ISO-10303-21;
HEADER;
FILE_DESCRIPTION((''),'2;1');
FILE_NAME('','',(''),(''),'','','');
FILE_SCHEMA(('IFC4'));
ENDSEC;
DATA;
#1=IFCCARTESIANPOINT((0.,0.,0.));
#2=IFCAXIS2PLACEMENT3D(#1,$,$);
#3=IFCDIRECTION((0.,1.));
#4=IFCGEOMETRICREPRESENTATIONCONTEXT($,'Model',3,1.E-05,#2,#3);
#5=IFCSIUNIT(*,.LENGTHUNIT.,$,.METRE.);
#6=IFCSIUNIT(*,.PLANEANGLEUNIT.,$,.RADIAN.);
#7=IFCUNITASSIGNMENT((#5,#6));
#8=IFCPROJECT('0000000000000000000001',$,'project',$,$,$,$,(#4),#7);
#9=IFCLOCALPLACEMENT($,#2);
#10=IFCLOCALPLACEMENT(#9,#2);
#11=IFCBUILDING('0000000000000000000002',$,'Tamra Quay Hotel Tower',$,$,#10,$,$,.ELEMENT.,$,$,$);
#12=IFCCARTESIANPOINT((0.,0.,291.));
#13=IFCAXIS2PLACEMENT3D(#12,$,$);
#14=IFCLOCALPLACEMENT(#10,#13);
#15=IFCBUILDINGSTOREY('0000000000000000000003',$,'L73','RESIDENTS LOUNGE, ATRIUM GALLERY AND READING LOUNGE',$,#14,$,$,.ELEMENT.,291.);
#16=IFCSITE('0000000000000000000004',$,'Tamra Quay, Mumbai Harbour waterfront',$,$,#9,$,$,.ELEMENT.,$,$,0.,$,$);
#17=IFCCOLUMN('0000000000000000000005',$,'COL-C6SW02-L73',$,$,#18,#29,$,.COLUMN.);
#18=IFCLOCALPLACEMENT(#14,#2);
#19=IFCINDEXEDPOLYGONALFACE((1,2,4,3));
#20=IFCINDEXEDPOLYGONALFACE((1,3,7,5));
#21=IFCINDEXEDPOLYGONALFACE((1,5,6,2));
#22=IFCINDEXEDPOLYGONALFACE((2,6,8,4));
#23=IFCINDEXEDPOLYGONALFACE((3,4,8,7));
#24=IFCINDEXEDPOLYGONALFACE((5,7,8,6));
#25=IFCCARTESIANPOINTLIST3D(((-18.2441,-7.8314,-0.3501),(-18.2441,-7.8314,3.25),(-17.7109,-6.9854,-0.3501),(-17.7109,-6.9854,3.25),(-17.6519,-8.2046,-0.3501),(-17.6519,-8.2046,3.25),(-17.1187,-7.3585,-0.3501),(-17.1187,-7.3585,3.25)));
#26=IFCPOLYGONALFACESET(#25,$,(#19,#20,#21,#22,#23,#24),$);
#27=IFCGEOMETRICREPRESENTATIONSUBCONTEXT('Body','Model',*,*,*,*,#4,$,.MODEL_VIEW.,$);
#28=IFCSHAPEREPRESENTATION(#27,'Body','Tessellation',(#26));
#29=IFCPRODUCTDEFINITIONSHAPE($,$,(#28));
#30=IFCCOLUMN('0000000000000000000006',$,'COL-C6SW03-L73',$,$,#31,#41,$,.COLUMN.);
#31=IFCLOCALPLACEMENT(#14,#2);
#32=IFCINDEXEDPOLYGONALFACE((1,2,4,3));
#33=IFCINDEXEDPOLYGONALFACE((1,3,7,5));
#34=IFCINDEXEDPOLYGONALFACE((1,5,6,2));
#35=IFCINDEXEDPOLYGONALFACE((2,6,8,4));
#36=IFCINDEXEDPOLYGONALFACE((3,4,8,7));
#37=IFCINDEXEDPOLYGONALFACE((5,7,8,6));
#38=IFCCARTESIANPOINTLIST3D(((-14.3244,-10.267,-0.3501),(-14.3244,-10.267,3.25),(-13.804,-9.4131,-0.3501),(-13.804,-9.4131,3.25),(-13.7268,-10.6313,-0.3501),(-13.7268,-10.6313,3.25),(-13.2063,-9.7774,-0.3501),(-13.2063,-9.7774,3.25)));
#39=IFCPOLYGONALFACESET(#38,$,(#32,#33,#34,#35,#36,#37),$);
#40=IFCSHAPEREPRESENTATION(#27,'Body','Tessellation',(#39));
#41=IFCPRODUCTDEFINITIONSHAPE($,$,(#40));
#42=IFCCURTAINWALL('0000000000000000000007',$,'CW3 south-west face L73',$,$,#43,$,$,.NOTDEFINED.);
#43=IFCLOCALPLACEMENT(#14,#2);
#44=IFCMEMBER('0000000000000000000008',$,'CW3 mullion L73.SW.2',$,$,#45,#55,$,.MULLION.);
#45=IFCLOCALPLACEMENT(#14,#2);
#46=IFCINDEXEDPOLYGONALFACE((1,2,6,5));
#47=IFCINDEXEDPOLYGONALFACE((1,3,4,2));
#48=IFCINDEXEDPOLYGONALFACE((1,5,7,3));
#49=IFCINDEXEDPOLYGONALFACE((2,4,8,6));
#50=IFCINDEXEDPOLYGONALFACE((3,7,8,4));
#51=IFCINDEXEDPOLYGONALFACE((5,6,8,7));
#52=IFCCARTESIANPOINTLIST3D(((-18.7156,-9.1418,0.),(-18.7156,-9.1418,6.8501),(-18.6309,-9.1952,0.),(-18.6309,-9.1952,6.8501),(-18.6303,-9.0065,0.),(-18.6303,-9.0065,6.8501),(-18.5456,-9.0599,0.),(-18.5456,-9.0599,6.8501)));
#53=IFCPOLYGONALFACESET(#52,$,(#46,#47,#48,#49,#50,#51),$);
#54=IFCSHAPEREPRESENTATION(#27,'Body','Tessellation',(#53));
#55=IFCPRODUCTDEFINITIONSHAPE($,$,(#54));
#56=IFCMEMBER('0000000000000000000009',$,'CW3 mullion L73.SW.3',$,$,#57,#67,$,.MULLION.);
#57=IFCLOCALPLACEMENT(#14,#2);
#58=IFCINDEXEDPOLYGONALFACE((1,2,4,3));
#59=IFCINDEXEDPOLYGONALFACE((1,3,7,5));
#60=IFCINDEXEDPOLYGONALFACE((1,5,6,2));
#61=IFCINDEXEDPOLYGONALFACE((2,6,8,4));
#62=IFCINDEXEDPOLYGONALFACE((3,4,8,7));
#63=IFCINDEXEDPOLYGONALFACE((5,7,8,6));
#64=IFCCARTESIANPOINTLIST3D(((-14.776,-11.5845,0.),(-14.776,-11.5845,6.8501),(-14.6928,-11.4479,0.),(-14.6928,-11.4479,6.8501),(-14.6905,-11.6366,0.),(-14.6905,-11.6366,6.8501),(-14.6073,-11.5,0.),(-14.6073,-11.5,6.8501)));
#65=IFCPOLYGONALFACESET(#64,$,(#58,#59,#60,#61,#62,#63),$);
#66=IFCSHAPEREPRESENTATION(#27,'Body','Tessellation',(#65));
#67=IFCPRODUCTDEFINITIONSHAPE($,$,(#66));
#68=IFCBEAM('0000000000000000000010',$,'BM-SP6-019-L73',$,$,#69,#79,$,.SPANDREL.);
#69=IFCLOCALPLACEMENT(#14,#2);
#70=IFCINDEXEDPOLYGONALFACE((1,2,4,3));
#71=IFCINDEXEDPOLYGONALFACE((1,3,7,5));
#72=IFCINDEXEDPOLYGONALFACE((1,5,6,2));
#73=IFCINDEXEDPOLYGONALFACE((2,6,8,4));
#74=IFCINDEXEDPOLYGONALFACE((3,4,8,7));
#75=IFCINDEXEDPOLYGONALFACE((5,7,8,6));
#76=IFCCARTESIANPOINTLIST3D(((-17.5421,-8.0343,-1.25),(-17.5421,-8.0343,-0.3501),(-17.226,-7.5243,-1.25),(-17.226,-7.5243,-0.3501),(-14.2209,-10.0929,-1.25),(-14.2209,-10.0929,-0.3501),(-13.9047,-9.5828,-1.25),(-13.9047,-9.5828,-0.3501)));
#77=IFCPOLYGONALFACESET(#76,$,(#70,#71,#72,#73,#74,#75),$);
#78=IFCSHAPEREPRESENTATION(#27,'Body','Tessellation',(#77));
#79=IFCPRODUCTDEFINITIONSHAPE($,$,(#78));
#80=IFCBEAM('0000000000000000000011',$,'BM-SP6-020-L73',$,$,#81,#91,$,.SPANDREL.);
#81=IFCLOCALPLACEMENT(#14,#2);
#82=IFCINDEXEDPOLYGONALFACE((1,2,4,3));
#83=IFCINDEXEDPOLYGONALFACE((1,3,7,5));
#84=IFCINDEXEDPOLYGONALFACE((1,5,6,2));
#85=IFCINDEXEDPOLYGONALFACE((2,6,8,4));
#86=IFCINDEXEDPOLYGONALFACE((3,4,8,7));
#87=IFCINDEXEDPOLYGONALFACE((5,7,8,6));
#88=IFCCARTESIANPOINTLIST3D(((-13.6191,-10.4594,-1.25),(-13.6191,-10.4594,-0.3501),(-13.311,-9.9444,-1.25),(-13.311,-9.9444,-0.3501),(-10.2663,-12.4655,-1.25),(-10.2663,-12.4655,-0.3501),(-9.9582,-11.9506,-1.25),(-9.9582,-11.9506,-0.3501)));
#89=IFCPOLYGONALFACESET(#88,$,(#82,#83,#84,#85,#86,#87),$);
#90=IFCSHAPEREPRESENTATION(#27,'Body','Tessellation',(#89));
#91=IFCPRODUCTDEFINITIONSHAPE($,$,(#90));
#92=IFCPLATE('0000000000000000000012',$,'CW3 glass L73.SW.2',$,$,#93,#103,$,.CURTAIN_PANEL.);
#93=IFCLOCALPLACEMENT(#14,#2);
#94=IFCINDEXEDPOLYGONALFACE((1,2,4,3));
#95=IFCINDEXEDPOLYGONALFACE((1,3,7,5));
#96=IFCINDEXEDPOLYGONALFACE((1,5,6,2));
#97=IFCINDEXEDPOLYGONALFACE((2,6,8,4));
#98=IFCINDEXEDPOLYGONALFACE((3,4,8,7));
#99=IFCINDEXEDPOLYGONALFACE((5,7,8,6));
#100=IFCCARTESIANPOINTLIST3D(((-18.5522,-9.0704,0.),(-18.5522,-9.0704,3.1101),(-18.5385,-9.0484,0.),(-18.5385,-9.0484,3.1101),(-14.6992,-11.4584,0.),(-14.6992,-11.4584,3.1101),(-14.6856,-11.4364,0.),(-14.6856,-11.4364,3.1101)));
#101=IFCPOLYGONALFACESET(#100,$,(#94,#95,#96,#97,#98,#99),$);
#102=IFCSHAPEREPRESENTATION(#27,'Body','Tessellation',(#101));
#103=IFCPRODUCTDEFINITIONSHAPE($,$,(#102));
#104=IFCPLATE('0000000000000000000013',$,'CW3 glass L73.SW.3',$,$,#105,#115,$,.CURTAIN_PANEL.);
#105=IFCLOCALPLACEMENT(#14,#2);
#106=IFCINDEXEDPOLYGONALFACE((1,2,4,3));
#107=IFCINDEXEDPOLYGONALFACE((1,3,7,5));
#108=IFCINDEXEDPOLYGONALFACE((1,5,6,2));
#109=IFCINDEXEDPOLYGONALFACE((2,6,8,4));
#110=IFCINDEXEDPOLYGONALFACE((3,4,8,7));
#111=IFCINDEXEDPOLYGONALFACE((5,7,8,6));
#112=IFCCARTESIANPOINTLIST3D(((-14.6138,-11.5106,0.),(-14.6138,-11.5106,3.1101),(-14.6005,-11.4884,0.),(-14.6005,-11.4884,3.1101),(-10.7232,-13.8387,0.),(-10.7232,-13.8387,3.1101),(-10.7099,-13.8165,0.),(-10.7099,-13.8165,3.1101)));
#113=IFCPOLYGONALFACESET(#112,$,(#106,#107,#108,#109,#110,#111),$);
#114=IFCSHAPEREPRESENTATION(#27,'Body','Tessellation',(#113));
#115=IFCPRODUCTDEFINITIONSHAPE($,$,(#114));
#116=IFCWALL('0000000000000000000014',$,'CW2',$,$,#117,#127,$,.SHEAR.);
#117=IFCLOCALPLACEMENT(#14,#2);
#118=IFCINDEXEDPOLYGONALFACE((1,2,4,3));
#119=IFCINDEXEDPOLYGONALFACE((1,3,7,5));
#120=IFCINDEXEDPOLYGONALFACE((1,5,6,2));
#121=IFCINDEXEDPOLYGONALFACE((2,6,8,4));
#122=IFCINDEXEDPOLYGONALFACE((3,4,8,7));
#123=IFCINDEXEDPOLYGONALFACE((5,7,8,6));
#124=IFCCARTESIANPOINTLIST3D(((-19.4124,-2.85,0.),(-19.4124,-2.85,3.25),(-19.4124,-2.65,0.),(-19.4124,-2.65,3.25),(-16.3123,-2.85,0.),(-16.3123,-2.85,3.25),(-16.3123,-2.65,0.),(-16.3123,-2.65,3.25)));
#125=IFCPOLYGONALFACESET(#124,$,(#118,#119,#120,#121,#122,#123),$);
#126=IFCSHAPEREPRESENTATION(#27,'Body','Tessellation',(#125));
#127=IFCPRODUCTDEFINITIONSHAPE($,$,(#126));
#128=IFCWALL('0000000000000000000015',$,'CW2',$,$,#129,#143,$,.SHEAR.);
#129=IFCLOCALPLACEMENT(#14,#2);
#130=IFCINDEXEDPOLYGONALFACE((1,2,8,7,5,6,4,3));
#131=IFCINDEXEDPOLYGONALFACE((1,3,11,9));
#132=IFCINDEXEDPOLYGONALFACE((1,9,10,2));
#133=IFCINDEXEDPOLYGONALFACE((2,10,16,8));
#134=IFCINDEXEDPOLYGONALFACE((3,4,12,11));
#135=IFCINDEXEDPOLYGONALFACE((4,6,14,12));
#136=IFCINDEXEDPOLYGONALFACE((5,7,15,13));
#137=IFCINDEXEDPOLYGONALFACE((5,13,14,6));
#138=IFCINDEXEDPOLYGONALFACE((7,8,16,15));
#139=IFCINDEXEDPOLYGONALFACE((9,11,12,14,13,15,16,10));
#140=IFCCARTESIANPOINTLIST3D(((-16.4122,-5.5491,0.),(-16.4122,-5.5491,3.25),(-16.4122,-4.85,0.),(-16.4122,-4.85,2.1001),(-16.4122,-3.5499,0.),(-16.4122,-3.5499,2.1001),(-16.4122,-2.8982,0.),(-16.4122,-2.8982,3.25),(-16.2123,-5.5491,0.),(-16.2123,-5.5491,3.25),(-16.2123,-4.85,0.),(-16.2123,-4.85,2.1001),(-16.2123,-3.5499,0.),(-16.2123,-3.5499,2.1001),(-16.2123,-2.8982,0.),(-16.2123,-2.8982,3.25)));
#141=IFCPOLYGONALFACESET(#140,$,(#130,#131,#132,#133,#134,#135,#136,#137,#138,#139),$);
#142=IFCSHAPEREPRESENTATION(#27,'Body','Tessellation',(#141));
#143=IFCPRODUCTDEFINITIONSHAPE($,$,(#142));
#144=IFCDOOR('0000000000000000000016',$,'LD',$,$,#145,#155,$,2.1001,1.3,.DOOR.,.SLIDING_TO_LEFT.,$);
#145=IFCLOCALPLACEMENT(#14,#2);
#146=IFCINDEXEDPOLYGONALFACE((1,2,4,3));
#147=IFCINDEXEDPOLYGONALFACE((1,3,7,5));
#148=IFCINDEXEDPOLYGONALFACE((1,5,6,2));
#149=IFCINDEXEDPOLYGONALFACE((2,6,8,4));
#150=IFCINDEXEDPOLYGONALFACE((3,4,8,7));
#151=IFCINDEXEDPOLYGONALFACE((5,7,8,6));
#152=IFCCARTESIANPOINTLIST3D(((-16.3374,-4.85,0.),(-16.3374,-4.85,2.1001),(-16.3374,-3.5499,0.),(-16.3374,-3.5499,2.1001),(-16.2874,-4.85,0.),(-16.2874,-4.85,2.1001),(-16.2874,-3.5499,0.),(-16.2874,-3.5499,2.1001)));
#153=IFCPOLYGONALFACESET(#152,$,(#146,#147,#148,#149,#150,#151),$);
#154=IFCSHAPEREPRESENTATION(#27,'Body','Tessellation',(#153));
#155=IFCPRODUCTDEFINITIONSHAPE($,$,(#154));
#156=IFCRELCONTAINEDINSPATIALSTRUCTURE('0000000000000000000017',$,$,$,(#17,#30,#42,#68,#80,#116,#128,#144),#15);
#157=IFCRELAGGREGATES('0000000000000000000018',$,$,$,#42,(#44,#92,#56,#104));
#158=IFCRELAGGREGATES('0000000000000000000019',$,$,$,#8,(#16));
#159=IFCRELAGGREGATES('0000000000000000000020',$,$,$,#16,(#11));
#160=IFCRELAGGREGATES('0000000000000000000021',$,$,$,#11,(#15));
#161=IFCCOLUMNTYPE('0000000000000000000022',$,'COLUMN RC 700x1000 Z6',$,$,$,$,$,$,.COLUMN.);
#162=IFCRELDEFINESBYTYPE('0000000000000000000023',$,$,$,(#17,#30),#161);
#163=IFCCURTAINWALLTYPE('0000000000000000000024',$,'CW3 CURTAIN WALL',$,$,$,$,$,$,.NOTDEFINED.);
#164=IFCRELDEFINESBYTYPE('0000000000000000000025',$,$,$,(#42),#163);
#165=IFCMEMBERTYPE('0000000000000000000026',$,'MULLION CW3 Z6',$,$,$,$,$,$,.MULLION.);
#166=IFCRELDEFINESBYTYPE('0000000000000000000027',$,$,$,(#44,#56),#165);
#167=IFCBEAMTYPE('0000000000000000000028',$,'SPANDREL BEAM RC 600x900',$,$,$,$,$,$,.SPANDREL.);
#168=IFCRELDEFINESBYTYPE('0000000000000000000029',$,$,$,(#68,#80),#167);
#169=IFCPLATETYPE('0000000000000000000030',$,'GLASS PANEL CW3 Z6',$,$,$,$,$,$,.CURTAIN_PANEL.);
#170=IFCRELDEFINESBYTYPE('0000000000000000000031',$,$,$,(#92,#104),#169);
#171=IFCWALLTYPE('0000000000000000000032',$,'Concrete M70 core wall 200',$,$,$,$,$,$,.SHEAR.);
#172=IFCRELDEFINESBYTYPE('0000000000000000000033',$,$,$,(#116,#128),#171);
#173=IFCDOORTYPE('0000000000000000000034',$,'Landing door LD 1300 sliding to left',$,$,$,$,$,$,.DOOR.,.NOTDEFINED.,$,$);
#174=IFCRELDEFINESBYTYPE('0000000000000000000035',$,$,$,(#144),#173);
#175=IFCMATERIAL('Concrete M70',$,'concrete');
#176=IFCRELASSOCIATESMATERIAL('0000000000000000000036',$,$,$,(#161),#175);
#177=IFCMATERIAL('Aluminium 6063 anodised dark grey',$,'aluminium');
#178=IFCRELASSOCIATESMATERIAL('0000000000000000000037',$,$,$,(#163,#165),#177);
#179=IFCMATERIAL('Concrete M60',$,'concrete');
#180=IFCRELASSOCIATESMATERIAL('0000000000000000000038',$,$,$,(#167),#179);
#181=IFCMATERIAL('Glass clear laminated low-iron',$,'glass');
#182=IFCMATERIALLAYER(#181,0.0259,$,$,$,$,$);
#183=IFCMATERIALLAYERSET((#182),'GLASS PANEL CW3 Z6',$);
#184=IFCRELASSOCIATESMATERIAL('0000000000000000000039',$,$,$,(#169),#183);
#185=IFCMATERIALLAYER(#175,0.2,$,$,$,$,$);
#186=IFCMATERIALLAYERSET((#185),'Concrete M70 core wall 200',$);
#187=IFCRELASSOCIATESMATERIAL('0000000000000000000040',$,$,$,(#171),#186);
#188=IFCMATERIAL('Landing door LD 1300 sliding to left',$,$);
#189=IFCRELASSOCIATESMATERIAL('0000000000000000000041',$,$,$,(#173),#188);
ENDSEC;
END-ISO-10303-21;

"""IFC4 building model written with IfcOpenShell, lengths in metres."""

from ifc_helpers import new_model, si_unit, direction, frame, frame_2d, origin, origin_2d, place, context, subcontext, project, spatial, rectangle, extrude, material, layer, layer_set, material_profile, profile_set, type_object, element, fill, aggregate, save


model = new_model("IFC4")

# Units and contexts
model_context = context("Model", 3, precision=1e-05, world=origin(), true_north=direction((0.0, 1.0)))
body_context = subcontext(model_context, "Body", "Model", "MODEL_VIEW")
ifc_project = project(units=[si_unit("LENGTHUNIT", "METRE"), si_unit("PLANEANGLEUNIT", "RADIAN")], contexts=[model_context])

# Site, building, storey
site_placement = place(None, origin())
site = spatial("IfcSite", under=ifc_project, at=site_placement, Name="Tamra Quay, Mumbai Harbour waterfront", CompositionType="ELEMENT", RefElevation=0.0)
building_placement = place(site_placement, origin())
building = spatial("IfcBuilding", under=site, at=building_placement, Name="Tamra Quay Hotel Tower", CompositionType="ELEMENT")
storey_placement = place(building_placement, frame((0.0, 0.0, 291.0)))
storey = spatial("IfcBuildingStorey", under=building, at=storey_placement, Name="L73", Description="RESIDENTS LOUNGE, ATRIUM GALLERY AND READING LOUNGE", CompositionType="ELEMENT", Elevation=291.0)

# Columns
ifc_material_1 = material(Name="Concrete M70", Category="concrete")
ifc_material_profile_1 = material_profile(ifc_material_1, rectangle(XDim=1.0, YDim=0.7, at=origin_2d()), Name="COLUMN RC 700x1000 Z6")
ifc_profile_set_1 = profile_set([ifc_material_profile_1], Name="Concrete M70")
column_type = type_object("IfcColumnType", Name="COLUMN RC 700x1000 Z6", PredefinedType="COLUMN", material=ifc_profile_set_1)
for number, where, z_axis, x_axis, name in (
    (1, (-17.6814, -7.595, -0.3501), (0.0, 0.0, 1.0), (0.533133, 0.846031, 0.0), "COL-C6SW02-L73"),
    (2, (-13.7654, -10.0222, -0.3501), (0.0, 0.0, 1.0), (0.52043, 0.853904, 0.0), "COL-C6SW03-L73"),
):
    element("IfcColumn", number, at=place(storey_placement, frame(where, z_axis=z_axis, x_axis=x_axis)), inside=storey, type_object=column_type, Name=name, PredefinedType="COLUMN", context=body_context, shape_type="SweptSolid", body=[
        extrude(rectangle(XDim=1.0, YDim=0.7, at=origin_2d()), origin(), (0.0, 0.0, 1.0), 3.6001),
    ])

# Curtain wall, members
ifc_material_2 = material(Name="Aluminium 6063 anodised dark grey", Category="aluminium")
curtain_wall_type = type_object("IfcCurtainWallType", Name="CW3 CURTAIN WALL", PredefinedType="NOTDEFINED", material=ifc_material_2)
curtain_wall_placement = place(storey_placement, origin())
curtain_wall = element("IfcCurtainWall", 3, at=curtain_wall_placement, inside=storey, type_object=curtain_wall_type, Name="CW3 south-west face L73", PredefinedType="NOTDEFINED")
ifc_material_profile_2 = material_profile(ifc_material_2, rectangle(XDim=0.1599, YDim=0.1001, at=origin_2d()), Name="MULLION 100X160")
ifc_profile_set_2 = profile_set([ifc_material_profile_2], Name="Aluminium 6063 anodised dark grey")
member_type = type_object("IfcMemberType", Name="MULLION CW3 Z6", PredefinedType="MULLION", material=ifc_profile_set_2)
member_1_placement = place(storey_placement, frame((-18.6306, -9.1008, 0.0), z_axis=(0.0, 0.0, 1.0), x_axis=(-0.533422, -0.845849, 0.0)))
member_1 = element("IfcMember", 4, at=member_1_placement, type_object=member_type, Name="CW3 mullion L73.SW.2", PredefinedType="MULLION", context=body_context, shape_type="SweptSolid", body=[
    extrude(rectangle(XDim=0.1599, YDim=0.1001, at=origin_2d()), origin(), (0.0, 0.0, 1.0), 6.8501),
])
member_2_placement = place(storey_placement, frame((-14.6917, -11.5422, 0.0), z_axis=(0.0, 0.0, 1.0), x_axis=(-0.52016, -0.854069, 0.0)))
member_2 = element("IfcMember", 5, at=member_2_placement, type_object=member_type, Name="CW3 mullion L73.SW.3", PredefinedType="MULLION", context=body_context, shape_type="SweptSolid", body=[
    extrude(rectangle(XDim=0.1599, YDim=0.1001, at=origin_2d()), origin(), (0.0, 0.0, 1.0), 6.8501),
])

# Beams
ifc_material_3 = material(Name="Concrete M60", Category="concrete")
ifc_material_profile_3 = material_profile(ifc_material_3, rectangle(XDim=0.6001, YDim=0.8999, at=origin_2d()), Name="SPANDREL BEAM RC 600x900")
ifc_profile_set_3 = profile_set([ifc_material_profile_3], Name="Concrete M60")
beam_type = type_object("IfcBeamType", Name="SPANDREL BEAM RC 600x900", PredefinedType="SPANDREL", material=ifc_profile_set_3)
beam_1_placement = place(storey_placement, frame((-17.384, -7.7793, -0.8), z_axis=(0.849972, -0.526828, 0.0), x_axis=(0.526828, 0.849972, 0.0)))
element("IfcBeam", 6, at=beam_1_placement, inside=storey, type_object=beam_type, Name="BM-SP6-019-L73", PredefinedType="SPANDREL", context=body_context, shape_type="SweptSolid", body=[
    extrude(rectangle(XDim=0.6001, YDim=0.8999, at=origin_2d()), origin(), (0.0, 0.0, 1.0), 3.9075),
])
beam_2_placement = place(storey_placement, frame((-13.4651, -10.2019, -0.8), z_axis=(0.858121, -0.513448, 0.0), x_axis=(0.513448, 0.858121, 0.0)))
element("IfcBeam", 7, at=beam_2_placement, inside=storey, type_object=beam_type, Name="BM-SP6-020-L73", PredefinedType="SPANDREL", context=body_context, shape_type="SweptSolid", body=[
    extrude(rectangle(XDim=0.6001, YDim=0.8999, at=origin_2d()), origin(), (0.0, 0.0, 1.0), 3.9072),
])

# Plates
ifc_material_4 = material(Name="Glass clear laminated low-iron", Category="glass")
ifc_layer_1 = layer(ifc_material_4, 0.0259)
ifc_layer_set_1 = layer_set([ifc_layer_1], Name="GLASS PANEL CW3 Z6")
plate_type = type_object("IfcPlateType", Name="GLASS PANEL CW3 Z6", PredefinedType="CURTAIN_PANEL", material=ifc_layer_set_1)
plate_1_placement = place(storey_placement, frame((-16.6189, -10.2534, 0.0), z_axis=(0.0, 0.0, 1.0), x_axis=(0.849982, -0.526812, 0.0)))
plate_1 = element("IfcPlate", 8, at=plate_1_placement, type_object=plate_type, Name="CW3 glass L73.SW.2", PredefinedType="CURTAIN_PANEL", context=body_context, shape_type="SweptSolid", body=[
    extrude(rectangle(XDim=4.533, YDim=0.0259, at=origin_2d()), origin(), (0.0, 0.0, 1.0), 3.1101),
])
plate_2_placement = place(storey_placement, frame((-12.6619, -12.6636, 0.0), z_axis=(0.0, 0.0, 1.0), x_axis=(0.858103, -0.513477, 0.0)))
plate_2 = element("IfcPlate", 9, at=plate_2_placement, type_object=plate_type, Name="CW3 glass L73.SW.3", PredefinedType="CURTAIN_PANEL", context=body_context, shape_type="SweptSolid", body=[
    extrude(rectangle(XDim=4.5339, YDim=0.0259, at=origin_2d()), origin(), (0.0, 0.0, 1.0), 3.1101),
])
aggregate(curtain_wall, [member_1, plate_1, member_2, plate_2])

# Wall
ifc_layer_2 = layer(ifc_material_1, 0.2)
ifc_layer_set_2 = layer_set([ifc_layer_2], Name="Concrete M70 core wall 200")
wall_type_1 = type_object("IfcWallType", Name="Concrete M70 core wall 200", PredefinedType="SHEAR", material=ifc_layer_set_2)
wall_1_placement = place(storey_placement, frame((-19.4124, -2.75, 0.0), z_axis=(0.0, 0.0, 1.0), x_axis=(1.0, 0.0, 0.0)))
element("IfcWall", 10, at=wall_1_placement, inside=storey, type_object=wall_type_1, Name="CW2", PredefinedType="SHEAR", context=body_context, shape_type="SweptSolid", body=[
    extrude(rectangle(XDim=3.1001, YDim=0.2, at=frame_2d((1.55, 0.0))), origin(), (0.0, 0.0, 1.0), 3.25),
])

# Wall, opening, door
wall_2_placement = place(storey_placement, frame((-16.3123, -2.8982, 0.0), z_axis=(0.0, 0.0, 1.0), x_axis=(0.0, -1.0, 0.0)))
wall_2 = element("IfcWall", 11, at=wall_2_placement, inside=storey, type_object=wall_type_1, Name="CW2", PredefinedType="SHEAR", context=body_context, shape_type="SweptSolid", body=[
    extrude(rectangle(XDim=2.6509, YDim=0.2, at=frame_2d((1.3254, 0.0))), origin(), (0.0, 0.0, 1.0), 3.25),
])
opening_1_placement = place(wall_2_placement, frame((0.6519, 0.0, 0.0)))
opening_1 = element("IfcOpeningElement", 12, at=opening_1_placement, cuts=wall_2, PredefinedType="OPENING", context=body_context, shape_type="SweptSolid", body=[
    extrude(rectangle(XDim=1.3, YDim=2.1001, at=frame_2d((0.6499, 1.05))), frame((0.0, 0.1099, 0.0), z_axis=(0.0, -1.0, 0.0), x_axis=(1.0, 0.0, 0.0)), (0.0, 0.0, 1.0), 0.22),
])
ifc_material_5 = material(Name="Landing door LD 1300 sliding to left")
door_type_1 = type_object("IfcDoorType", Name="Landing door LD 1300 sliding to left", OperationType="NOTDEFINED", PredefinedType="DOOR", material=ifc_material_5)
door_1_placement = place(opening_1_placement, origin())
door_1 = element("IfcDoor", 13, at=door_1_placement, inside=storey, type_object=door_type_1, Name="LD", OperationType="SLIDING_TO_LEFT", OverallHeight=2.1001, OverallWidth=1.3, PredefinedType="DOOR", context=body_context, shape_type="SweptSolid", body=[
    extrude(rectangle(XDim=1.3, YDim=2.1001, at=frame_2d((0.6499, 1.05))), frame((0.0, 0.0249, 0.0), z_axis=(0.0, -1.0, 0.0), x_axis=(1.0, 0.0, 0.0)), (0.0, 0.0, 1.0), 0.05),
])
fill(opening_1, door_1)

save(model, "model.ifc")
